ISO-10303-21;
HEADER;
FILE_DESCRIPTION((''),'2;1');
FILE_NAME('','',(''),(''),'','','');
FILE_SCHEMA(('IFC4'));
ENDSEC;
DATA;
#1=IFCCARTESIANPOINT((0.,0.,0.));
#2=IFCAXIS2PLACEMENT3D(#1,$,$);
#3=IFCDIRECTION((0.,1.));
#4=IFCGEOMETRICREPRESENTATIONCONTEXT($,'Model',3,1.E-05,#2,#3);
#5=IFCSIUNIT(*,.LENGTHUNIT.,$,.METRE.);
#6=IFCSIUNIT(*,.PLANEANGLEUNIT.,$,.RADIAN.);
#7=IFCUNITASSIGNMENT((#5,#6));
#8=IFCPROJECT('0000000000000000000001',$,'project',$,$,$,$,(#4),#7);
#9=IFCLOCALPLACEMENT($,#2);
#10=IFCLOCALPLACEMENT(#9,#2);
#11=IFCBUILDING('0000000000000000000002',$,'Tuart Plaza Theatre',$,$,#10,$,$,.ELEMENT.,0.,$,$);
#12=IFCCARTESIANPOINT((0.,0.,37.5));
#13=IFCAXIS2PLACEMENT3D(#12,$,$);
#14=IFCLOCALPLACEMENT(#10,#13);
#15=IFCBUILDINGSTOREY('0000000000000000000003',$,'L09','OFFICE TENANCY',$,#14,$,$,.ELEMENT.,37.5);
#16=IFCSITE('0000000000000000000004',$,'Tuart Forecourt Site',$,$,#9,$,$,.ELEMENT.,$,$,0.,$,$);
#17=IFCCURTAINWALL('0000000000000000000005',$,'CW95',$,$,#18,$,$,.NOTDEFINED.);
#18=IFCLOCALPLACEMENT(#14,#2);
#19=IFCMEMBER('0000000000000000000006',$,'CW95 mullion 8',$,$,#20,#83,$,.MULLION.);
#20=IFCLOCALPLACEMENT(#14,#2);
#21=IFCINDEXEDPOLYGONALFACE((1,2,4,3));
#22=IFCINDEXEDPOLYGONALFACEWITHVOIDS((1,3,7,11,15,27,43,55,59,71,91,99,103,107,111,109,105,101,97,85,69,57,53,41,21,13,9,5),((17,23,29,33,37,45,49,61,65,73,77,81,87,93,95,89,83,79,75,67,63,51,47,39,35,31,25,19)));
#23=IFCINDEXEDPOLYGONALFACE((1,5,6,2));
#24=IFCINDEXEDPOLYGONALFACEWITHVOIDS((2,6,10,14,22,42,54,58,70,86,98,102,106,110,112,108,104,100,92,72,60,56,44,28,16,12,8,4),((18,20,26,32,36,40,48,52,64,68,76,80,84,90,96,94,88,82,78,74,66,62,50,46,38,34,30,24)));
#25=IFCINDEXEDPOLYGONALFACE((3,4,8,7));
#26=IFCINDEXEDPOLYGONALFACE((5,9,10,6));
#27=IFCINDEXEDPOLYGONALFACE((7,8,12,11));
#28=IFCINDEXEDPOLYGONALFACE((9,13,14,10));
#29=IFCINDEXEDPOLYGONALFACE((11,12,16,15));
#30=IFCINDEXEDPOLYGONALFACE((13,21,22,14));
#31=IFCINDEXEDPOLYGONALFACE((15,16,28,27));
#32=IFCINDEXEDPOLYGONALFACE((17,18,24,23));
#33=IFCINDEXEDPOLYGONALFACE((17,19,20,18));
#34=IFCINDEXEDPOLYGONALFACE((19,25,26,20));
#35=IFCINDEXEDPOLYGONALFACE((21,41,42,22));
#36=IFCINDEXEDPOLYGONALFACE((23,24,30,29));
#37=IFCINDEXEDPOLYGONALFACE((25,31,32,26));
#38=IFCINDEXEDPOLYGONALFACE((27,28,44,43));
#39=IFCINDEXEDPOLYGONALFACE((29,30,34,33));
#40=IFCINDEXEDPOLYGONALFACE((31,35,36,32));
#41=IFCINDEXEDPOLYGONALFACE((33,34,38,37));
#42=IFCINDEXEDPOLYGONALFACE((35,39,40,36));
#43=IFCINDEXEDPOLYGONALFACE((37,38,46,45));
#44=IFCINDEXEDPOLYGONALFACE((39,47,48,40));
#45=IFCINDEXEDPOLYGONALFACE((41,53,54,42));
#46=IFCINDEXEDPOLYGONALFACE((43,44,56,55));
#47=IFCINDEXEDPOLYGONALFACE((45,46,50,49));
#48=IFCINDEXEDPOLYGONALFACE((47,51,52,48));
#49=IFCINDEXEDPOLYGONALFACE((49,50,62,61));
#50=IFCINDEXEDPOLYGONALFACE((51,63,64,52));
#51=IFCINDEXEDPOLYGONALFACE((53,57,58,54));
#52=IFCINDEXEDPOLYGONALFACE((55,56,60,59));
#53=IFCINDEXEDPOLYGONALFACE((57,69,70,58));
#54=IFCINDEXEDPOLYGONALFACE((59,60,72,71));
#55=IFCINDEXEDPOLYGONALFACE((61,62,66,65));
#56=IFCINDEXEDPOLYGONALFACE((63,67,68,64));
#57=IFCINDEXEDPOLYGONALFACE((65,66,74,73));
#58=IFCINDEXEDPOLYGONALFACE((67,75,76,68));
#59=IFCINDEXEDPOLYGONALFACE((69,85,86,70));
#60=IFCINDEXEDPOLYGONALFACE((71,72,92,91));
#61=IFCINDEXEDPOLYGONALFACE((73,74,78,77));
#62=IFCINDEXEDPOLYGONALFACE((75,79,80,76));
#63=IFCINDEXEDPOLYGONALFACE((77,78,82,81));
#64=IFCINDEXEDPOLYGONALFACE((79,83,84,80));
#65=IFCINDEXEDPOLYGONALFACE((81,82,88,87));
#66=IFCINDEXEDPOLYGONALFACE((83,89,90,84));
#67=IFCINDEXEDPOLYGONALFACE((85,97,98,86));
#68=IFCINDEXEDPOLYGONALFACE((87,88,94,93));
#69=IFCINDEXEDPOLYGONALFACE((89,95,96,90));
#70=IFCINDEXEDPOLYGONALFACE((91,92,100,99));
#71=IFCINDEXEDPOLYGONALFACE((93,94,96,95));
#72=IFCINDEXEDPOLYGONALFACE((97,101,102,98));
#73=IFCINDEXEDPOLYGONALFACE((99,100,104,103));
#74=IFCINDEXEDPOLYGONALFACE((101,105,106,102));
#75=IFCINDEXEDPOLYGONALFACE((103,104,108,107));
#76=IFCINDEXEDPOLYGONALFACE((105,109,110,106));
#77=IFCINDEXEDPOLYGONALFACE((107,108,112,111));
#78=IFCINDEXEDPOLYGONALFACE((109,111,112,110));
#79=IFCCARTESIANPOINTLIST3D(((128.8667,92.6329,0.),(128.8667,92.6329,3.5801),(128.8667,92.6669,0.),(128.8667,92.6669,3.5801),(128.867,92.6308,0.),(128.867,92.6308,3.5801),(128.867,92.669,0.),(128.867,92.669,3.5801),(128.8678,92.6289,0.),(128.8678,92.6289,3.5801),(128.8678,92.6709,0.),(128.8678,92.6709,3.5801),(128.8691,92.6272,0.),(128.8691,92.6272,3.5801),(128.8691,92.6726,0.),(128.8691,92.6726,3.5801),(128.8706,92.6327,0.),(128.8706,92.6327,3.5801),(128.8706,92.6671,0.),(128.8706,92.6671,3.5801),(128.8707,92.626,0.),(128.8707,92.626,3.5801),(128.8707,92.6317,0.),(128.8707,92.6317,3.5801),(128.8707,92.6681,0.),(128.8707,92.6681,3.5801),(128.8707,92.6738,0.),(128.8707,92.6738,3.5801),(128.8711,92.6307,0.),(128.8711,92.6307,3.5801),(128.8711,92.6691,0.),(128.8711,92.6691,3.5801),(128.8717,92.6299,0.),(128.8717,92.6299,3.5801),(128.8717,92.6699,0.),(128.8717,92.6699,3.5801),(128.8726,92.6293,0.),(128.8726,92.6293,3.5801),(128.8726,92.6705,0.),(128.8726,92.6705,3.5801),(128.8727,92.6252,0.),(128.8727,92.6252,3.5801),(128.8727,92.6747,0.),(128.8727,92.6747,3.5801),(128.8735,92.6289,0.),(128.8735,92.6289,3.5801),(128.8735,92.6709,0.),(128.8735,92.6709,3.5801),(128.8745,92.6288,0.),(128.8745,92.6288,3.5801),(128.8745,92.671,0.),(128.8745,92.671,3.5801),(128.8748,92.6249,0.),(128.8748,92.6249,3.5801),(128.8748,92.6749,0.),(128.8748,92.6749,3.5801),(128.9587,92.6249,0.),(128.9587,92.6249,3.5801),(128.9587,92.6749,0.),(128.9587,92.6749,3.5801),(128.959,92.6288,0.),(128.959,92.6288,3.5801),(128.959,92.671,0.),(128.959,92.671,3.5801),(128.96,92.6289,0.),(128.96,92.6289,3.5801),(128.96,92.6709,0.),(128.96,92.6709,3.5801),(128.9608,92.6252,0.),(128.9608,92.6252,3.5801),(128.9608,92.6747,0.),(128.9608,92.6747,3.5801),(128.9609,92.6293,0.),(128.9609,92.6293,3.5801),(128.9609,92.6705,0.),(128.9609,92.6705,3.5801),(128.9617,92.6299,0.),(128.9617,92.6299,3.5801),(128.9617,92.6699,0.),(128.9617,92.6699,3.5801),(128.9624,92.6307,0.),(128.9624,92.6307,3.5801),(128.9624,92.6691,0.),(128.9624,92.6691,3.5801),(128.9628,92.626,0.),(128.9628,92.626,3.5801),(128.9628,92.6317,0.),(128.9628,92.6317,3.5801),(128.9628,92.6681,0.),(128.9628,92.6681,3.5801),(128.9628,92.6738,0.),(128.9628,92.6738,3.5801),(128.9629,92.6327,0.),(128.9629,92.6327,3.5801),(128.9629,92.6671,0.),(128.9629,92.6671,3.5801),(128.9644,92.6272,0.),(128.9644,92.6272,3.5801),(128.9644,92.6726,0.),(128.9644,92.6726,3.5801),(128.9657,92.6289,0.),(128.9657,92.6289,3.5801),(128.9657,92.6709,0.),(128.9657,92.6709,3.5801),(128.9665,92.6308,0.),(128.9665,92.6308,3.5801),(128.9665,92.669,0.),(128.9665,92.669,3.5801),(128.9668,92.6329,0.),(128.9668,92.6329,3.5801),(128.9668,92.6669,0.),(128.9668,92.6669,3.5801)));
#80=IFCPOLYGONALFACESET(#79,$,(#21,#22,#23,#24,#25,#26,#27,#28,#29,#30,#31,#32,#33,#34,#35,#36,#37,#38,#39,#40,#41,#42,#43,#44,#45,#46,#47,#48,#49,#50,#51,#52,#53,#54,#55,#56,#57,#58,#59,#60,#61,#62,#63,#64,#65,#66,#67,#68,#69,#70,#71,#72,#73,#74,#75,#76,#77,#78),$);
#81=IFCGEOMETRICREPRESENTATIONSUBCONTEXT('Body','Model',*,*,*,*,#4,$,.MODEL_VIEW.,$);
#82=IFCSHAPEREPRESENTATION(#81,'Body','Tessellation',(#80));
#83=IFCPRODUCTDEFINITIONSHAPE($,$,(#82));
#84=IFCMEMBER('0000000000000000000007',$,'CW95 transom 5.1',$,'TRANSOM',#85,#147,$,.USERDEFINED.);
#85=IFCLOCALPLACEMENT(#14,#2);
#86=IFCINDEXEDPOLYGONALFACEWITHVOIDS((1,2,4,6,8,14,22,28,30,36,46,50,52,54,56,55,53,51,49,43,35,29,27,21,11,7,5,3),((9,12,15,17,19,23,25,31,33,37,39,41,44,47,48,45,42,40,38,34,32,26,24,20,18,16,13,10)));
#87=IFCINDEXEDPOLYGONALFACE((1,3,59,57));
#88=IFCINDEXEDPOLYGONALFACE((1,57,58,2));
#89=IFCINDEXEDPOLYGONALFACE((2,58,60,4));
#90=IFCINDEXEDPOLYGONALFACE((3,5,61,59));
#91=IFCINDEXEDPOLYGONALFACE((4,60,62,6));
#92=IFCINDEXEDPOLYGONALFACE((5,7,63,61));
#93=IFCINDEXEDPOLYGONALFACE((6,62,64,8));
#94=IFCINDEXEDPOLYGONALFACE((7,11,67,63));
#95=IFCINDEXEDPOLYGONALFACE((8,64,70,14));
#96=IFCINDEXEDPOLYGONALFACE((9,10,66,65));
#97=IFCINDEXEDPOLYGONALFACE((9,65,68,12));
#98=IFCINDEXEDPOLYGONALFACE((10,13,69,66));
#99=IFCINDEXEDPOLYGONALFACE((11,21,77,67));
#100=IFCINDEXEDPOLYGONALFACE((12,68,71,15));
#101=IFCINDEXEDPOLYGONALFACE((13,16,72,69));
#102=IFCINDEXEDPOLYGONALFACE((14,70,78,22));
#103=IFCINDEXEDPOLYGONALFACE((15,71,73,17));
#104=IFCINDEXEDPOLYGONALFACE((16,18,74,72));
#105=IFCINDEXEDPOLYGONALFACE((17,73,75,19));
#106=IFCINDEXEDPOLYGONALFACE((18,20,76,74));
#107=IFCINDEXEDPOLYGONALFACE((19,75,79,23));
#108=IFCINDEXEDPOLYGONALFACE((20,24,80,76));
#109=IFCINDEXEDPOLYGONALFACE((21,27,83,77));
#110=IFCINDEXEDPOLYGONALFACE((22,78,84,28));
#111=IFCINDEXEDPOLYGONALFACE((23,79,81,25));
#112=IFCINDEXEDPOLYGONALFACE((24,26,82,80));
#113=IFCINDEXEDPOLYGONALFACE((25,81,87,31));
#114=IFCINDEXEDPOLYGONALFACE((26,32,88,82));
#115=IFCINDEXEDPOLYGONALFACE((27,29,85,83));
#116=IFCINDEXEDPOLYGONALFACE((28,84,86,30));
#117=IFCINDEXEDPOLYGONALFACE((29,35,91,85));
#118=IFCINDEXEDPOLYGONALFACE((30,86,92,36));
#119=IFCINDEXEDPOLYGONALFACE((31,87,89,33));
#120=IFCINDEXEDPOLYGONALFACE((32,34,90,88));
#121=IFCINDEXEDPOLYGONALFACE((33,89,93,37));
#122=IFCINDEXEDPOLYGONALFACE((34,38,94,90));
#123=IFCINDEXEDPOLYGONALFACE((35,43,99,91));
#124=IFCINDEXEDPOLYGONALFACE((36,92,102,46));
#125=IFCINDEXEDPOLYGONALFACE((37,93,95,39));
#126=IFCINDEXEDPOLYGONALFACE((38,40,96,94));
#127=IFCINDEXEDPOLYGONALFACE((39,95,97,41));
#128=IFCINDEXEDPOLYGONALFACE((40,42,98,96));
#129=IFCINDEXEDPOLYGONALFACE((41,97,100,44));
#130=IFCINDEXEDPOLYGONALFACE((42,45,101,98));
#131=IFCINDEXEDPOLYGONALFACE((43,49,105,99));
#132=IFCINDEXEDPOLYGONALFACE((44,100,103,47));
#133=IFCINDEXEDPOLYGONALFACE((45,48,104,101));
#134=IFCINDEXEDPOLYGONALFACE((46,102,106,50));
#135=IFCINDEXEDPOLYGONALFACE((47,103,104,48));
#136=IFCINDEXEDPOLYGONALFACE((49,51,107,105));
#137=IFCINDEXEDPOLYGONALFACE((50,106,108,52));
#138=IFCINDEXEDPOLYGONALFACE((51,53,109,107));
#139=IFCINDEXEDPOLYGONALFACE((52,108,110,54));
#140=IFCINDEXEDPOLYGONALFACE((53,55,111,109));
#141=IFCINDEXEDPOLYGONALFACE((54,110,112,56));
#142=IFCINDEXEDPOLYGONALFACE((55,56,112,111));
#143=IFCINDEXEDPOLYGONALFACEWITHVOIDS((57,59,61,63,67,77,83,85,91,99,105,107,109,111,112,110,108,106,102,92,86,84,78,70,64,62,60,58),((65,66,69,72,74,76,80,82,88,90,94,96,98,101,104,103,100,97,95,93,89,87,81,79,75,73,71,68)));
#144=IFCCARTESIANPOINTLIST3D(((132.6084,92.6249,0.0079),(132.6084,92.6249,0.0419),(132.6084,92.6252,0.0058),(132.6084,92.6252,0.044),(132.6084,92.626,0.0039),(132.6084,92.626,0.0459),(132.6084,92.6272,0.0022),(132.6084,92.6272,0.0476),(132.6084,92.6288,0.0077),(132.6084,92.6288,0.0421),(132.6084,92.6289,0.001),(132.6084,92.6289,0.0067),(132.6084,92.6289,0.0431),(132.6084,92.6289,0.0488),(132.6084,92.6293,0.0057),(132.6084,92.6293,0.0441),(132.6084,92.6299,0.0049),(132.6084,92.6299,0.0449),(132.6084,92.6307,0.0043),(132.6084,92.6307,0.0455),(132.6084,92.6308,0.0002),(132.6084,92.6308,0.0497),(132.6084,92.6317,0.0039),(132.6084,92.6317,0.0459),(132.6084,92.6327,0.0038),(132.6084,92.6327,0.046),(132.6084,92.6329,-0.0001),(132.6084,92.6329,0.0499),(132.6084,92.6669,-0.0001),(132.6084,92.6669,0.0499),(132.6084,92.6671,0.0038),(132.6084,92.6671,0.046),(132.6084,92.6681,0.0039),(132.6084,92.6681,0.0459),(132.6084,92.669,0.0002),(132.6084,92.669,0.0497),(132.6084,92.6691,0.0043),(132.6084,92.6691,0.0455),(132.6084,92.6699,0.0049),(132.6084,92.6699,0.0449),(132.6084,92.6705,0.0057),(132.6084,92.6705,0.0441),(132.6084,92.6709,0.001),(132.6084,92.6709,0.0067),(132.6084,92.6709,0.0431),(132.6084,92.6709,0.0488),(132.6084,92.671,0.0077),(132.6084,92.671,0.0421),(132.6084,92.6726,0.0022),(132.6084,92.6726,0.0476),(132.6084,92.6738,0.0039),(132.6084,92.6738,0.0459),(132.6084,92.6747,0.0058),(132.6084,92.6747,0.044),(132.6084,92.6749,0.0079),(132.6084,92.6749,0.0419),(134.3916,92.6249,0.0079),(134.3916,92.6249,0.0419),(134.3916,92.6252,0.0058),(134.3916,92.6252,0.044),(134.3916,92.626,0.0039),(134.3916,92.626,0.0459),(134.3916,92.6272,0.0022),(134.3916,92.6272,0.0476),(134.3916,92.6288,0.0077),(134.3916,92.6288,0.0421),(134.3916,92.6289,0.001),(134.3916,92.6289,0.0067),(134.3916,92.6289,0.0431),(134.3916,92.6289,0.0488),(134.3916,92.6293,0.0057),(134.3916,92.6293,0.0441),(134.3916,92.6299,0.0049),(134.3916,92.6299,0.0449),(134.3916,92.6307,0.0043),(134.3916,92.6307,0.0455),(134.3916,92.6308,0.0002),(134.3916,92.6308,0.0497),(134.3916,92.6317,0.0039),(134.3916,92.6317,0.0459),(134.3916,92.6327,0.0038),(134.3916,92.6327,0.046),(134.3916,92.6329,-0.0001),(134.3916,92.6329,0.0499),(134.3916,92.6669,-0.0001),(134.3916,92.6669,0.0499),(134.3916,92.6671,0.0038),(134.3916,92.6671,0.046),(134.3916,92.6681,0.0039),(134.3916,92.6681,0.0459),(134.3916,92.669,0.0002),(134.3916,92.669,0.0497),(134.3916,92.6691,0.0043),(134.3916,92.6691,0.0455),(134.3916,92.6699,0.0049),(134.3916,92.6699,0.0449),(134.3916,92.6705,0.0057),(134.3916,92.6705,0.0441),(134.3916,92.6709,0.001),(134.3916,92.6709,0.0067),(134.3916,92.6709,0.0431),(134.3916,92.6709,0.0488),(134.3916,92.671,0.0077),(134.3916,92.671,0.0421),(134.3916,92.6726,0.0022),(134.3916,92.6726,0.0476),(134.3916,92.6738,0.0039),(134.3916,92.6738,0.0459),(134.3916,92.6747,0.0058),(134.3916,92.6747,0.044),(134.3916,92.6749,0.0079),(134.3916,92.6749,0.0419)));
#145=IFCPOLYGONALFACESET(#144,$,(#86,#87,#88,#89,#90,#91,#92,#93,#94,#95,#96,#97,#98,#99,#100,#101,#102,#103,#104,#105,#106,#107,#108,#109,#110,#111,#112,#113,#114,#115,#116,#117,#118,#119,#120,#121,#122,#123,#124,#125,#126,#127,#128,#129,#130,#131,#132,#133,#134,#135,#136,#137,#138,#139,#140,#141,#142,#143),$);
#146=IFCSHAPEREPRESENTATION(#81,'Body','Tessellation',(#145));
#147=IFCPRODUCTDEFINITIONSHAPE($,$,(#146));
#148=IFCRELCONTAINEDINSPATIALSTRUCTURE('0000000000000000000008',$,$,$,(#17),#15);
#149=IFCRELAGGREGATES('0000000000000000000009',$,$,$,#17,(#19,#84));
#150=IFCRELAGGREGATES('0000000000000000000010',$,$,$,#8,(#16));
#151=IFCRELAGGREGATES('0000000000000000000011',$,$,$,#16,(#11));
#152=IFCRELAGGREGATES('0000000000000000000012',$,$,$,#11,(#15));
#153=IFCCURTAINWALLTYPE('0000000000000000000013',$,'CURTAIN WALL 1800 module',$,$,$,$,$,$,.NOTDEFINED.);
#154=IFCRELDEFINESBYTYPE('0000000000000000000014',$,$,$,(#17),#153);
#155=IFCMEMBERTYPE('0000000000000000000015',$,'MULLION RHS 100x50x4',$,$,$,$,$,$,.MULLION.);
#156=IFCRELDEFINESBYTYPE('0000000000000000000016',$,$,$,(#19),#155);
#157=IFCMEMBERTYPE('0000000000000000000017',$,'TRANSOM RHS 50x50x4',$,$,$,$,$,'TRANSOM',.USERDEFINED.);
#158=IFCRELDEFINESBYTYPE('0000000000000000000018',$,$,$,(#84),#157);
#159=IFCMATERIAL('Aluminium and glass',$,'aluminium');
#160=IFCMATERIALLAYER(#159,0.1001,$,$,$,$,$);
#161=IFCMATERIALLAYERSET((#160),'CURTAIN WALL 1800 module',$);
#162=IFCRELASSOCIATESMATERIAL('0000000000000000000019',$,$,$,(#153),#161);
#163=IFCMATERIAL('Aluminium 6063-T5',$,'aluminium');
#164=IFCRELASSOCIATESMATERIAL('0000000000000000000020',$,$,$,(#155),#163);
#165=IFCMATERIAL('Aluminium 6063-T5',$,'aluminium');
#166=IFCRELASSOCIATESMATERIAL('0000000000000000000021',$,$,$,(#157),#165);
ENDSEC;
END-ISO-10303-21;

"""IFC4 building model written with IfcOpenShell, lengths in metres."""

from ifc_helpers import new_model, si_unit, direction, frame, origin, origin_2d, place, context, subcontext, project, spatial, hollow_rectangle, extrude, material, layer, layer_set, material_profile, profile_set, type_object, element, aggregate, save


model = new_model("IFC4")

# Units and contexts
model_context = context("Model", 3, precision=1e-05, world=origin(), true_north=direction((0.0, 1.0)))
body_context = subcontext(model_context, "Body", "Model", "MODEL_VIEW")
ifc_project = project(units=[si_unit("LENGTHUNIT", "METRE"), si_unit("PLANEANGLEUNIT", "RADIAN")], contexts=[model_context])

# Site, building, storey
site_placement = place(None, origin())
site = spatial("IfcSite", under=ifc_project, at=site_placement, Name="Tuart Forecourt Site", CompositionType="ELEMENT", RefElevation=0.0)
building_placement = place(site_placement, origin())
building = spatial("IfcBuilding", under=site, at=building_placement, Name="Tuart Plaza Theatre", CompositionType="ELEMENT", ElevationOfRefHeight=0.0)
storey_placement = place(building_placement, frame((0.0, 0.0, 37.5)))
storey = spatial("IfcBuildingStorey", under=building, at=storey_placement, Name="L09", Description="OFFICE TENANCY", CompositionType="ELEMENT", Elevation=37.5)

# Curtain wall, members
ifc_material_1 = material(Name="Aluminium and glass", Category="aluminium")
ifc_layer_1 = layer(ifc_material_1, 0.1001)
ifc_layer_set_1 = layer_set([ifc_layer_1], Name="CURTAIN WALL 1800 module")
curtain_wall_type = type_object("IfcCurtainWallType", Name="CURTAIN WALL 1800 module", PredefinedType="NOTDEFINED", material=ifc_layer_set_1)
curtain_wall_placement = place(storey_placement, origin())
curtain_wall = element("IfcCurtainWall", 1, at=curtain_wall_placement, inside=storey, type_object=curtain_wall_type, Name="CW95", PredefinedType="NOTDEFINED")
ifc_material_2 = material(Name="Aluminium 6063-T5", Category="aluminium")
ifc_material_profile_1 = material_profile(ifc_material_2, hollow_rectangle(XDim=0.05, YDim=0.1001, WallThickness=0.0039, InnerFilletRadius=0.0039, OuterFilletRadius=0.0081, at=origin_2d()), Name="RHS 100x50x4")
ifc_profile_set_1 = profile_set([ifc_material_profile_1], Name="Aluminium 6063-T5")
member_type_1 = type_object("IfcMemberType", Name="MULLION RHS 100x50x4", PredefinedType="MULLION", material=ifc_profile_set_1)
member_1_placement = place(storey_placement, frame((128.9167, 92.6499, 0.0), z_axis=(0.0, 0.0, 1.0), x_axis=(0.0, -1.0, 0.0)))
member_1 = element("IfcMember", 2, at=member_1_placement, type_object=member_type_1, Name="CW95 mullion 8", PredefinedType="MULLION", context=body_context, shape_type="SweptSolid", body=[
    extrude(hollow_rectangle(XDim=0.05, YDim=0.1001, WallThickness=0.0039, InnerFilletRadius=0.0039, OuterFilletRadius=0.0081, at=origin_2d()), origin(), (0.0, 0.0, 1.0), 3.5801),
])
ifc_material_3 = material(Name="Aluminium 6063-T5", Category="aluminium")
ifc_material_profile_2 = material_profile(ifc_material_3, hollow_rectangle(XDim=0.05, YDim=0.05, WallThickness=0.0039, InnerFilletRadius=0.0039, OuterFilletRadius=0.0081, at=origin_2d()), Name="RHS 50x50x4")
ifc_profile_set_2 = profile_set([ifc_material_profile_2], Name="Aluminium 6063-T5")
member_type_2 = type_object("IfcMemberType", Name="TRANSOM RHS 50x50x4", ElementType="TRANSOM", PredefinedType="USERDEFINED", material=ifc_profile_set_2)
member_2_placement = place(storey_placement, frame((134.3916, 92.6499, 0.0249), z_axis=(-1.0, 0.0, 0.0), x_axis=(0.0, -1.0, 0.0)))
member_2 = element("IfcMember", 3, at=member_2_placement, type_object=member_type_2, Name="CW95 transom 5.1", ObjectType="TRANSOM", PredefinedType="USERDEFINED", context=body_context, shape_type="SweptSolid", body=[
    extrude(hollow_rectangle(XDim=0.05, YDim=0.05, WallThickness=0.0039, InnerFilletRadius=0.0039, OuterFilletRadius=0.0081, at=origin_2d()), origin(), (0.0, 0.0, 1.0), 1.7832),
])
aggregate(curtain_wall, [member_1, member_2])

save(model, "model.ifc")
